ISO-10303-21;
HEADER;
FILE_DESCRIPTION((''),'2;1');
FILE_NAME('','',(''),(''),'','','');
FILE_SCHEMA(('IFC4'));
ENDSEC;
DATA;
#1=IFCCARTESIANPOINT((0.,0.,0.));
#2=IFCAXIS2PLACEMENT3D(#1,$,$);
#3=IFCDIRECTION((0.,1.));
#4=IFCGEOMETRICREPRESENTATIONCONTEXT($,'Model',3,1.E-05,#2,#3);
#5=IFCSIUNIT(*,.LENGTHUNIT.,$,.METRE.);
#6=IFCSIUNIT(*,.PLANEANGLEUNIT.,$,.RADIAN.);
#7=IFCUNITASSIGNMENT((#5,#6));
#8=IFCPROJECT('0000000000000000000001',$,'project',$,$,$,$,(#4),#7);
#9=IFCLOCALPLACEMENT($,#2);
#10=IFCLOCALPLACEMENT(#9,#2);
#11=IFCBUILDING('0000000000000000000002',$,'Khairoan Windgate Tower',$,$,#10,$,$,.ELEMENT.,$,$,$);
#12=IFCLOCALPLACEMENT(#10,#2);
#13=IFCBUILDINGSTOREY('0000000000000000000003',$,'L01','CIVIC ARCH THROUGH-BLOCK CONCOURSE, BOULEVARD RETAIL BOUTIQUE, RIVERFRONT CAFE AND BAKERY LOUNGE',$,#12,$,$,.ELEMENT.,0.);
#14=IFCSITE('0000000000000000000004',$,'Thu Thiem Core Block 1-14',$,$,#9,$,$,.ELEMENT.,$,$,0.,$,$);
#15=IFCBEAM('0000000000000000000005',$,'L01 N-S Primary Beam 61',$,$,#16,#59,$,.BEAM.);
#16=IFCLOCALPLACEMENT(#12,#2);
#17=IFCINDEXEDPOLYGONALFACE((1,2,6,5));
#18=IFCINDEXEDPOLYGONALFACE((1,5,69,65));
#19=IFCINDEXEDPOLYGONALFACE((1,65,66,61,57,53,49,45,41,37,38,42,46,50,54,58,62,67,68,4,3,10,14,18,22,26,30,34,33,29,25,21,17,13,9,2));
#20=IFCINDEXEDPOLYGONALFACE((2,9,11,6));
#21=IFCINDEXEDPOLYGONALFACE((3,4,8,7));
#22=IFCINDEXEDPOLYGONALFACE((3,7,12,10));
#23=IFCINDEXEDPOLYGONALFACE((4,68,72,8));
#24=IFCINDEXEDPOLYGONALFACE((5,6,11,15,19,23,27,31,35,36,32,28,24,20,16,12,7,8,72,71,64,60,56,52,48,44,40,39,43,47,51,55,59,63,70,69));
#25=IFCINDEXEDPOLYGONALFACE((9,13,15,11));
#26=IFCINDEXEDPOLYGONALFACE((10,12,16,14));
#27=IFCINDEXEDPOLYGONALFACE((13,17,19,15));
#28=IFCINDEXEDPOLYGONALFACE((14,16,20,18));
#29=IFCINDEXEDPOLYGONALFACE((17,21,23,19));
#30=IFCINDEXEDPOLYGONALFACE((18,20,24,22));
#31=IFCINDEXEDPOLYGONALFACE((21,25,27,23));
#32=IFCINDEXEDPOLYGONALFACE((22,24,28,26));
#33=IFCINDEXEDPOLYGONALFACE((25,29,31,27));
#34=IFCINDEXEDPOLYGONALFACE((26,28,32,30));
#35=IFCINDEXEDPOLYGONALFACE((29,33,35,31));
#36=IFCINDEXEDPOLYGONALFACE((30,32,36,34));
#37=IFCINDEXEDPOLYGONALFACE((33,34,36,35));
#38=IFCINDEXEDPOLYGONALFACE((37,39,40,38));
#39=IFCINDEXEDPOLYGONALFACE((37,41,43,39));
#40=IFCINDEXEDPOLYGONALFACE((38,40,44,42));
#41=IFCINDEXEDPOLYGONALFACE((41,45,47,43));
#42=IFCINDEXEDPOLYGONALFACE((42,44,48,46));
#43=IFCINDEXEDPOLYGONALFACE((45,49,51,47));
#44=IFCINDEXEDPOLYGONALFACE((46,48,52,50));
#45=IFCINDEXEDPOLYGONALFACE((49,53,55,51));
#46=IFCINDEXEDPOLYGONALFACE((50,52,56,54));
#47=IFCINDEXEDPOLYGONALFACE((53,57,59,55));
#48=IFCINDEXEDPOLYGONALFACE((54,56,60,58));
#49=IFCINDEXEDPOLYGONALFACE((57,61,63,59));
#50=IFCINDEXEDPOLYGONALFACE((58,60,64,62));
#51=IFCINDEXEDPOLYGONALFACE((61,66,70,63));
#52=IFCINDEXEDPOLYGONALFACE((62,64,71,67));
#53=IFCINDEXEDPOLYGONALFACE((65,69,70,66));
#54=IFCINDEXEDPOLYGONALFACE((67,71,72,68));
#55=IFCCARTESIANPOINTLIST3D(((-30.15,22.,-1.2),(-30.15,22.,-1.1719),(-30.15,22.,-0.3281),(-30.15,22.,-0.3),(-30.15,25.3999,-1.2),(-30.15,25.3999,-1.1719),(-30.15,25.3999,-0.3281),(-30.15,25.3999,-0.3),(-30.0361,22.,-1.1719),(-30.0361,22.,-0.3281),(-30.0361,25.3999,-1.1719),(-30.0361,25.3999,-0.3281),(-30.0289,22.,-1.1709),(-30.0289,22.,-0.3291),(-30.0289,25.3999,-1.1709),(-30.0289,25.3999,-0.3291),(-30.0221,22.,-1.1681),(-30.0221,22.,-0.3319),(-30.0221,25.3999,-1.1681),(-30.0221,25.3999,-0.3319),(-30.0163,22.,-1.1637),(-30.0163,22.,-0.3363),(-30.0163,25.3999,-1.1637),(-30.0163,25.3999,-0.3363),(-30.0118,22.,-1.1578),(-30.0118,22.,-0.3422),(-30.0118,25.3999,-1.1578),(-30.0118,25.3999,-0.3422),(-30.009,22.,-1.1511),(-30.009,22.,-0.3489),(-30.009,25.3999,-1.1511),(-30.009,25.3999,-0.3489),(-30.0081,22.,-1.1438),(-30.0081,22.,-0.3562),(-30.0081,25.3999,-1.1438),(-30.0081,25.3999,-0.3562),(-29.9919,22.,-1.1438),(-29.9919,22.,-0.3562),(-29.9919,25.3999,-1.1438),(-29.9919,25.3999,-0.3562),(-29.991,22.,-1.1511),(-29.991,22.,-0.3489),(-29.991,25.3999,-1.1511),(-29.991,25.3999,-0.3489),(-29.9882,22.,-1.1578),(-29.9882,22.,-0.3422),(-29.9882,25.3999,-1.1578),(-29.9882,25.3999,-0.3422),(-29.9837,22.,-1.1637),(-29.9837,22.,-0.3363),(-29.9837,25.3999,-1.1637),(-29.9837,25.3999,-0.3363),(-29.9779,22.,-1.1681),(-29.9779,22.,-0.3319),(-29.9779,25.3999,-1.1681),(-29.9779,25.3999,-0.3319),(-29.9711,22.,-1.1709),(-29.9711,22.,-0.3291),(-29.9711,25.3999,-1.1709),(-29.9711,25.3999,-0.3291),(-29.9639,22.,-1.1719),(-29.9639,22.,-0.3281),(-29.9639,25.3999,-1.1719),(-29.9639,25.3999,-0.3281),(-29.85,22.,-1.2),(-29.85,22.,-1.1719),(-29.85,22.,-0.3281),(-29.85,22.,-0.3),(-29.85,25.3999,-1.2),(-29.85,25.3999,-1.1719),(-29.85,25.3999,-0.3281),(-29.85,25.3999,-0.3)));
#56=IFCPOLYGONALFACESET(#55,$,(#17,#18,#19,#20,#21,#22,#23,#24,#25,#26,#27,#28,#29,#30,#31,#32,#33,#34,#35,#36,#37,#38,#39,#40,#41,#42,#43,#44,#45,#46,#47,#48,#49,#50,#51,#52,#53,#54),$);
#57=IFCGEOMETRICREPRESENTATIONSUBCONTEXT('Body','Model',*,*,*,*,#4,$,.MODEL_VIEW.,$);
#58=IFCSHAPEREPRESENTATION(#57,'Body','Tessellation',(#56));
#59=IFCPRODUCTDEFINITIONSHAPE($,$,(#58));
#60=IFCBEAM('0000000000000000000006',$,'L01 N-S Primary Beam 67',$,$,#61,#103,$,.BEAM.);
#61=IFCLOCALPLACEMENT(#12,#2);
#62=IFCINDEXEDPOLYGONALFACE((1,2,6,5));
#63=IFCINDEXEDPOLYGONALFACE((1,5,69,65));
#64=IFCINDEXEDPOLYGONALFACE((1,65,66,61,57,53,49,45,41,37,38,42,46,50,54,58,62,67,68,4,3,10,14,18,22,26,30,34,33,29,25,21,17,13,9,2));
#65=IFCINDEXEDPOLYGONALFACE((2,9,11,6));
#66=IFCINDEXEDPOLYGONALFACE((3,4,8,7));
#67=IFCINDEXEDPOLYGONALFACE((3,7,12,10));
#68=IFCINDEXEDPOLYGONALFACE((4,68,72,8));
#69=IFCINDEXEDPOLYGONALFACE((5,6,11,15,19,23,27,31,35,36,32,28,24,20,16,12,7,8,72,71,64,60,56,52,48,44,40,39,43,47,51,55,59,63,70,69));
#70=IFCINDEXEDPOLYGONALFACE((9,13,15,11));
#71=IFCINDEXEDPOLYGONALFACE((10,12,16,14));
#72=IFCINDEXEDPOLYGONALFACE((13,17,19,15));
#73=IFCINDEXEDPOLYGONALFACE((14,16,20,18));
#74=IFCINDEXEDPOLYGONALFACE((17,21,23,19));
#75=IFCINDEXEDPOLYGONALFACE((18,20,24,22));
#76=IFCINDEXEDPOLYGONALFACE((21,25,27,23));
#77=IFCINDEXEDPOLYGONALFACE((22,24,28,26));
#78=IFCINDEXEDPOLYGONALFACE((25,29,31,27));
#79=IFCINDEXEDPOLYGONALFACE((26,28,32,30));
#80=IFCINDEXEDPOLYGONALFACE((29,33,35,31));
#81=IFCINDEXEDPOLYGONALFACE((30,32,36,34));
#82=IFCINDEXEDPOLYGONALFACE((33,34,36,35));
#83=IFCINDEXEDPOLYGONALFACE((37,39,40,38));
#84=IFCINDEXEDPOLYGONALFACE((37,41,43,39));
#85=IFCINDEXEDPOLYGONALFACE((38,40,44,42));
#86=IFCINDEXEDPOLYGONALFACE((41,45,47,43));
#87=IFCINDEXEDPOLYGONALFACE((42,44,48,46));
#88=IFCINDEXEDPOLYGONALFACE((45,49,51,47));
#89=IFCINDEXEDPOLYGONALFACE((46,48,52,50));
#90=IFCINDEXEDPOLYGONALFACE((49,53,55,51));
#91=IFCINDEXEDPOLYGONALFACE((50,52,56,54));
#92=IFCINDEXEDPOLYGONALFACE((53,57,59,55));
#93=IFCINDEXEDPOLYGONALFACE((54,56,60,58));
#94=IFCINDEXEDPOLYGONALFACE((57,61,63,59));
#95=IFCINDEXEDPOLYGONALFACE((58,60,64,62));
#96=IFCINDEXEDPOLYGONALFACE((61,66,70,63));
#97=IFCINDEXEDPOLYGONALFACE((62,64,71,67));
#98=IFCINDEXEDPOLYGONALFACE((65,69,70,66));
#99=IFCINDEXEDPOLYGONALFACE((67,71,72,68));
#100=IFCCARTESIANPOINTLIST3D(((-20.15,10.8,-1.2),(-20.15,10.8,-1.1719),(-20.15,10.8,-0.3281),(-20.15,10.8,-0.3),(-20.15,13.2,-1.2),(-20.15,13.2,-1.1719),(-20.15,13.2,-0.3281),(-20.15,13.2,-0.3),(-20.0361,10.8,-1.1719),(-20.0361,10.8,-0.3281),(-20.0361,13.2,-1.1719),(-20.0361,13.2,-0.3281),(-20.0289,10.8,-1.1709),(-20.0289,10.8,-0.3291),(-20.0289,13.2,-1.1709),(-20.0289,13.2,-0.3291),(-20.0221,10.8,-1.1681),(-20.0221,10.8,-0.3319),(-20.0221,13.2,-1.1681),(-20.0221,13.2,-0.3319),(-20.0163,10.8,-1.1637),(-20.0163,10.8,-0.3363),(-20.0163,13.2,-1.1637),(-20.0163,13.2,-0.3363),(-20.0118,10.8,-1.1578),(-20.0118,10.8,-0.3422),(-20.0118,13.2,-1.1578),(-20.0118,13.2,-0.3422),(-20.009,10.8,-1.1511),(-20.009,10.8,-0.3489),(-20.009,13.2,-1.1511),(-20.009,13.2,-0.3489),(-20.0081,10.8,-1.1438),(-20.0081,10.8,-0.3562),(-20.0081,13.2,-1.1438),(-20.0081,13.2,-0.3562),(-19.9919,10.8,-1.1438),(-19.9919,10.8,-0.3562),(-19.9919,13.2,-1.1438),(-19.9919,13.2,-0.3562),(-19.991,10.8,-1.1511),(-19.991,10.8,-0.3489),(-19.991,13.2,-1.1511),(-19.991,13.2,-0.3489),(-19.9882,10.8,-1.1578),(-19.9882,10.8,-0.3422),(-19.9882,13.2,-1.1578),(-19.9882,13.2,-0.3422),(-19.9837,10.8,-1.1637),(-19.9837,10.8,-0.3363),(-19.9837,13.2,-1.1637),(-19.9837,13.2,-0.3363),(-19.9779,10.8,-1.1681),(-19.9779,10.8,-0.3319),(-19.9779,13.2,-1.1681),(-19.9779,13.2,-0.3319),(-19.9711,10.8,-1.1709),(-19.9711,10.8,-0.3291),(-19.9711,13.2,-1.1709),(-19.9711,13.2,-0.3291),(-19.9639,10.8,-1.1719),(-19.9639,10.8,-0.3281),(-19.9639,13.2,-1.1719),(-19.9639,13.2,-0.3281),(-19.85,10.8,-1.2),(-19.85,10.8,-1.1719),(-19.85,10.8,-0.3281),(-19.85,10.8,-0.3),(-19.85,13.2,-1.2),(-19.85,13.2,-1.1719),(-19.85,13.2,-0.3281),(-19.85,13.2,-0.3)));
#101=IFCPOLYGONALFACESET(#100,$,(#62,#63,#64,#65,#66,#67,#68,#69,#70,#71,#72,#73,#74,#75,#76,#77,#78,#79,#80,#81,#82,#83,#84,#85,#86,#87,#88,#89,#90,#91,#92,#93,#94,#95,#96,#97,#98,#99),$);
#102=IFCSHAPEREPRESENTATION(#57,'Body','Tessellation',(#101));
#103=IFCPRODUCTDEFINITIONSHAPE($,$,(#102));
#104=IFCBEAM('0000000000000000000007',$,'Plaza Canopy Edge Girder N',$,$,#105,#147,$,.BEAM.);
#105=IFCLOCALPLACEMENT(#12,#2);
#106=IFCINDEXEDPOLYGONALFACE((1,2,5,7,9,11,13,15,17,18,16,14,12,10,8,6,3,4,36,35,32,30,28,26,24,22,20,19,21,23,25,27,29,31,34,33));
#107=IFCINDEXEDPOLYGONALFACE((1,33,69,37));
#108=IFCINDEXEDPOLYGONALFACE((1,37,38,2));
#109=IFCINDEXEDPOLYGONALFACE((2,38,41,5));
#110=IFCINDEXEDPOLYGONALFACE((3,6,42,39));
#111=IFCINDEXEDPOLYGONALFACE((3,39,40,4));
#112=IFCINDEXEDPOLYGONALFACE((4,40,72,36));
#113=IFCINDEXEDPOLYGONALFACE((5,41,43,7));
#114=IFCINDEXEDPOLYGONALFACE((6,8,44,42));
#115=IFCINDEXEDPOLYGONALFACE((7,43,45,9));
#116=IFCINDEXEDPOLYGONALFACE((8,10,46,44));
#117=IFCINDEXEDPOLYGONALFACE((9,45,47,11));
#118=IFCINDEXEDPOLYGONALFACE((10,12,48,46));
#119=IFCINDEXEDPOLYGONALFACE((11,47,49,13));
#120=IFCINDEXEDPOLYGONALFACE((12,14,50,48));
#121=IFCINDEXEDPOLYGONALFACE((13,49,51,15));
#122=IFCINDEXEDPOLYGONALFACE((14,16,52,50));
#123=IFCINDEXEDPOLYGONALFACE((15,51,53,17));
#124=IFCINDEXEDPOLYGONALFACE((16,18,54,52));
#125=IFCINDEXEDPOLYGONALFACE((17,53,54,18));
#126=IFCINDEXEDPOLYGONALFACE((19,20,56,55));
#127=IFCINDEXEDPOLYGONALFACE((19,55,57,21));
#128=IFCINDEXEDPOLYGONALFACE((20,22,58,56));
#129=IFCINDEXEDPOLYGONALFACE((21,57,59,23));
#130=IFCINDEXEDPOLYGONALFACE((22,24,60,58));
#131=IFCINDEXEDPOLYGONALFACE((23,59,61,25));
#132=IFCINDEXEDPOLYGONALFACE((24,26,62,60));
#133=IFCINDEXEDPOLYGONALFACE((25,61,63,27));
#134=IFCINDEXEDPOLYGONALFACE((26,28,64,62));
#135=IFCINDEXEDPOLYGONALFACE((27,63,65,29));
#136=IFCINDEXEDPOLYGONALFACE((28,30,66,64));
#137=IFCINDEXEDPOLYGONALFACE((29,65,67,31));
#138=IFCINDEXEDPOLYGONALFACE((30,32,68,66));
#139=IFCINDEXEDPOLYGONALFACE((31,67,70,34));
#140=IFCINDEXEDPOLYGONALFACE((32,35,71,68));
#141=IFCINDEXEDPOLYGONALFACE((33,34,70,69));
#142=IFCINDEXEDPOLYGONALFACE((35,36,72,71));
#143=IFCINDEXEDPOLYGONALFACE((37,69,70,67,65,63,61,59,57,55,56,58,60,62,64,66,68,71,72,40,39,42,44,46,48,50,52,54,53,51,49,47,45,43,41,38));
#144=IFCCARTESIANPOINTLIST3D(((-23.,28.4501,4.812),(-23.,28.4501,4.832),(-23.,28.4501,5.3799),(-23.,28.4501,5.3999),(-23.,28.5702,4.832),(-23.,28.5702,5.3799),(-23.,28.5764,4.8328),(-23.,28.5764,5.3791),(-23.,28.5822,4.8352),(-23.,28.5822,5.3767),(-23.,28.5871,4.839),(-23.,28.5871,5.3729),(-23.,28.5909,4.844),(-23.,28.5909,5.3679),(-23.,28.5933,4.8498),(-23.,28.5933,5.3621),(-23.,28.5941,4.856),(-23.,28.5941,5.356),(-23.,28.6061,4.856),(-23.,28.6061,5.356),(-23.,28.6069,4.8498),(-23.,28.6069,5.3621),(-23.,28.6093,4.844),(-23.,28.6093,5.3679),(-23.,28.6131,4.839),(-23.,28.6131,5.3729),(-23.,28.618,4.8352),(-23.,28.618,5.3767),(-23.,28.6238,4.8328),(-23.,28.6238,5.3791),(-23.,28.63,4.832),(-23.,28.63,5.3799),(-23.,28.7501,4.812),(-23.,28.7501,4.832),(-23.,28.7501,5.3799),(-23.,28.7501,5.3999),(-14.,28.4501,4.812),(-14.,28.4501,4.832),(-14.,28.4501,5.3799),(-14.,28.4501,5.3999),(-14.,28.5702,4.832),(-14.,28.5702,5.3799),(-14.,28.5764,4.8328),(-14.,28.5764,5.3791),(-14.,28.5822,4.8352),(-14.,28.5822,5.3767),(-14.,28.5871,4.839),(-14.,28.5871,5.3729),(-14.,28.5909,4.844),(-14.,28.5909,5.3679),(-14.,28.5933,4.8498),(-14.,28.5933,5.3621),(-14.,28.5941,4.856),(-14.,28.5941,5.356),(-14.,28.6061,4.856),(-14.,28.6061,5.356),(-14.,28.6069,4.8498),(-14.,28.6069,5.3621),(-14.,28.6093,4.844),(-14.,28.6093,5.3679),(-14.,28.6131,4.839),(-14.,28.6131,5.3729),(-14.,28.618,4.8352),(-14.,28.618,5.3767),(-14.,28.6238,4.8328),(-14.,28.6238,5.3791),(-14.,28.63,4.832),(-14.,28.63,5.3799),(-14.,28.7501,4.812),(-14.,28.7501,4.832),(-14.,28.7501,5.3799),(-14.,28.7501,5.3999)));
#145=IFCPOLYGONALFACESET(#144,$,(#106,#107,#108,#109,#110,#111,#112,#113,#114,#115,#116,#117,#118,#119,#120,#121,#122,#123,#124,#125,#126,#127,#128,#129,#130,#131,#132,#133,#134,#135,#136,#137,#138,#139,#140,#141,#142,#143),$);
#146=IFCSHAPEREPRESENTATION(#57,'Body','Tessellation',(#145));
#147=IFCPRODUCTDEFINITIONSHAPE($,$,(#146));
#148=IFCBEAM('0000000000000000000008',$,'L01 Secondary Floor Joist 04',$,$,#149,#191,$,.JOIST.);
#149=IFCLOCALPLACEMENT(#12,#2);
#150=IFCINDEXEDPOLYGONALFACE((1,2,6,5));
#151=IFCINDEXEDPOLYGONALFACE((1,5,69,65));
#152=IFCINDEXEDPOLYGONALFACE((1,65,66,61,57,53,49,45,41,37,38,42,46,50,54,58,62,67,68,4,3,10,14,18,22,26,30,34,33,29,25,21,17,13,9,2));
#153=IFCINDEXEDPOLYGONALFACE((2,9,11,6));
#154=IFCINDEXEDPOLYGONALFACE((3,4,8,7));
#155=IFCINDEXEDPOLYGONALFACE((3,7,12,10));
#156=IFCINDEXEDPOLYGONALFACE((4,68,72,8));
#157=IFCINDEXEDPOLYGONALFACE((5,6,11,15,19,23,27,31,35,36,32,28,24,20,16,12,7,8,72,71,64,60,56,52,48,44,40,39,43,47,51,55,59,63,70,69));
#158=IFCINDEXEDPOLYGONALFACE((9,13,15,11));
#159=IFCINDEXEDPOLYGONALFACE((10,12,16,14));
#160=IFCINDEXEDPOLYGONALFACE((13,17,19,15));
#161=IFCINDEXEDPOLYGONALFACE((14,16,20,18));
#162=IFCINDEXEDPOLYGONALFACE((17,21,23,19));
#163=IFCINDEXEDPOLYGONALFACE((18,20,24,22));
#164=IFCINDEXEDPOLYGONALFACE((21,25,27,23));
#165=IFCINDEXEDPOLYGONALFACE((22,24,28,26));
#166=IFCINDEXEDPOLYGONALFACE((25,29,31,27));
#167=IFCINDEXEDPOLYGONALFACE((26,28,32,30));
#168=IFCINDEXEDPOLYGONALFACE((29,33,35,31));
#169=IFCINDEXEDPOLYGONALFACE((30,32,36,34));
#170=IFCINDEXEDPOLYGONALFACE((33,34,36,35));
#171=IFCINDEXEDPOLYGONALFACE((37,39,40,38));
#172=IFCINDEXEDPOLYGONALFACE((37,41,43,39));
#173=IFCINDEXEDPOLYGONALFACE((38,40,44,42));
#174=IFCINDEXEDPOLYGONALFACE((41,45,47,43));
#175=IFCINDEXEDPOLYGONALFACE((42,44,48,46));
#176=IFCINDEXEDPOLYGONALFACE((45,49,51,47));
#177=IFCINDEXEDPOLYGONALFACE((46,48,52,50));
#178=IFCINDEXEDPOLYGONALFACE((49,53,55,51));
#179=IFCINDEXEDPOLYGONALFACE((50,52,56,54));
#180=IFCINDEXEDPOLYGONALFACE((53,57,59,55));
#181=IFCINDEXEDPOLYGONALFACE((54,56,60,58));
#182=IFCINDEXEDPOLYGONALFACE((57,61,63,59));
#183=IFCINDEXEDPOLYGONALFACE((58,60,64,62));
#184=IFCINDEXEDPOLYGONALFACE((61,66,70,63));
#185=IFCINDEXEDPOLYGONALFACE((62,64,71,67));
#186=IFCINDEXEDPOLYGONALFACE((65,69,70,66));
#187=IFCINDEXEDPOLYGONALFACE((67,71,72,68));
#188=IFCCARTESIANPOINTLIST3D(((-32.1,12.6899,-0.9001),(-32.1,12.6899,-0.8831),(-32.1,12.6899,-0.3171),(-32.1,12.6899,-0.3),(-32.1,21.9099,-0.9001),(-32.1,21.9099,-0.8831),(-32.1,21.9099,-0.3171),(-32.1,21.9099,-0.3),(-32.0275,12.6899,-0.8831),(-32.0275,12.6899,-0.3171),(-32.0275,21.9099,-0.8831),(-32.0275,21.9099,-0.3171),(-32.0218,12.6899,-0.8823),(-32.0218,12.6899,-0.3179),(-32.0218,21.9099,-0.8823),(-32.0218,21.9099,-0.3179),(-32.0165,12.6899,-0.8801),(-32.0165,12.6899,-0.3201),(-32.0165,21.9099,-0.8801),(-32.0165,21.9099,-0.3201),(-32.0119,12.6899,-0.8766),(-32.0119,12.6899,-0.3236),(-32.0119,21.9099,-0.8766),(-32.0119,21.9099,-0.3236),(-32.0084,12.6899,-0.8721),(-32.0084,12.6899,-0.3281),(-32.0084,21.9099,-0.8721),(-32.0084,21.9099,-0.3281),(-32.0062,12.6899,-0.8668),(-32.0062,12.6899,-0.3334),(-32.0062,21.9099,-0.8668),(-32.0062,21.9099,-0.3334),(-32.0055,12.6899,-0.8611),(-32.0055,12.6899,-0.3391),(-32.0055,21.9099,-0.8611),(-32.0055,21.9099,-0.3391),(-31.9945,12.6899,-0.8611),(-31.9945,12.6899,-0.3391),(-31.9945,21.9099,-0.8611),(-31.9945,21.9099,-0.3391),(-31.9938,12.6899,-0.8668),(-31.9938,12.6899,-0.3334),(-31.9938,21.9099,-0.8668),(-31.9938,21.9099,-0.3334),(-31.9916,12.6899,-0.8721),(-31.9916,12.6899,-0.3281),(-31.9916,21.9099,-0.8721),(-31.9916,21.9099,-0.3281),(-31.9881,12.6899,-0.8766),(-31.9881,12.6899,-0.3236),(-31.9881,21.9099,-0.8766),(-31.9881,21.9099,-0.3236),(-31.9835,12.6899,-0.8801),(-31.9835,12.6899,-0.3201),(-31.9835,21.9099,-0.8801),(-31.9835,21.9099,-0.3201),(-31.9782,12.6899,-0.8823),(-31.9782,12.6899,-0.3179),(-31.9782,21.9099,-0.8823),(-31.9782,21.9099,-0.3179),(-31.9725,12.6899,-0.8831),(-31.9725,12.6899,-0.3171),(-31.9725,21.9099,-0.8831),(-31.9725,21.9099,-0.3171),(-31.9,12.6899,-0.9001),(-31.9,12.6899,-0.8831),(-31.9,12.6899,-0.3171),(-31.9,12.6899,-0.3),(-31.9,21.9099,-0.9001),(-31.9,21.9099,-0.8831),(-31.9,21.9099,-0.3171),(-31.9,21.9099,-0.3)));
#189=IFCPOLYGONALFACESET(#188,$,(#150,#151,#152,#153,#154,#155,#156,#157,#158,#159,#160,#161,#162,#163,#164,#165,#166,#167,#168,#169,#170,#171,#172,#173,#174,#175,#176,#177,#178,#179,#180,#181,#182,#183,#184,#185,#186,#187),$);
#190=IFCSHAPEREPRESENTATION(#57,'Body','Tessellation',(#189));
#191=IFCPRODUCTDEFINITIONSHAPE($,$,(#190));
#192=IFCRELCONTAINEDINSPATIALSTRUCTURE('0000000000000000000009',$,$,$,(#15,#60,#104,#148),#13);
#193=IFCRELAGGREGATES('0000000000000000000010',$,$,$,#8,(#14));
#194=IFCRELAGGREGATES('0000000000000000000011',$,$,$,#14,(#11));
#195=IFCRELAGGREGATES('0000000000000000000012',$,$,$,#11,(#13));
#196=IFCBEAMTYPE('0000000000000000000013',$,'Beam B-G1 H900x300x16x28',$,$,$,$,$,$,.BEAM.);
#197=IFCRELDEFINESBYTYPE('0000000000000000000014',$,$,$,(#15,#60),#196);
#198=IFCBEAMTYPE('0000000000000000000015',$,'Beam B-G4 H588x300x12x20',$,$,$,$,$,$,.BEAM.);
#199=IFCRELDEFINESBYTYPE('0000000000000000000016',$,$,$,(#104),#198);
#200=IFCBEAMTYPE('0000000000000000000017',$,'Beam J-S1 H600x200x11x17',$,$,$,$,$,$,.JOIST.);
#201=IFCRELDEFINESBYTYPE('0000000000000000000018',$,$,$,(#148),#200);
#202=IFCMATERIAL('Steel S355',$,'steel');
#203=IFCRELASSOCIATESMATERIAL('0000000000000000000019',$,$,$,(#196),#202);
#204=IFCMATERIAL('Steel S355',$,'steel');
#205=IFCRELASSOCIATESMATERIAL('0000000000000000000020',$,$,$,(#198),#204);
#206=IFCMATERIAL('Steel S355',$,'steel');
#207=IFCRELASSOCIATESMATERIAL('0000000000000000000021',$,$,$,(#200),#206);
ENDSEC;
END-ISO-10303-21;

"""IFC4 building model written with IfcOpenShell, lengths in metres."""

from ifc_helpers import new_model, si_unit, direction, frame, origin, origin_2d, place, context, subcontext, project, spatial, i_section, extrude, material, material_profile, profile_set, type_object, element, save


model = new_model("IFC4")

# Units and contexts
model_context = context("Model", 3, precision=1e-05, world=origin(), true_north=direction((0.0, 1.0)))
body_context = subcontext(model_context, "Body", "Model", "MODEL_VIEW")
ifc_project = project(units=[si_unit("LENGTHUNIT", "METRE"), si_unit("PLANEANGLEUNIT", "RADIAN")], contexts=[model_context])

# Site, building, storey
site_placement = place(None, origin())
site = spatial("IfcSite", under=ifc_project, at=site_placement, Name="Thu Thiem Core Block 1-14", CompositionType="ELEMENT", RefElevation=0.0)
building_placement = place(site_placement, origin())
building = spatial("IfcBuilding", under=site, at=building_placement, Name="Khairoan Windgate Tower", CompositionType="ELEMENT")
storey_placement = place(building_placement, origin())
storey = spatial("IfcBuildingStorey", under=building, at=storey_placement, Name="L01", Description="CIVIC ARCH THROUGH-BLOCK CONCOURSE, BOULEVARD RETAIL BOUTIQUE, RIVERFRONT CAFE AND BAKERY LOUNGE", CompositionType="ELEMENT", Elevation=0.0)

# Beams
ifc_material_1 = material(Name="Steel S355", Category="steel")
ifc_material_profile_1 = material_profile(ifc_material_1, i_section(OverallWidth=0.3, OverallDepth=0.8999, WebThickness=0.0161, FlangeThickness=0.0281, FilletRadius=0.0281, at=origin_2d()))
ifc_profile_set_1 = profile_set([ifc_material_profile_1], Name="Steel S355")
beam_type_1 = type_object("IfcBeamType", Name="Beam B-G1 H900x300x16x28", PredefinedType="BEAM", material=ifc_profile_set_1)
beam_1_placement = place(storey_placement, frame((-30.0, 22.0, -0.75), z_axis=(0.0, 1.0, 0.0), x_axis=(-1.0, 0.0, 0.0)))
element("IfcBeam", 1, at=beam_1_placement, inside=storey, type_object=beam_type_1, Name="L01 N-S Primary Beam 61", PredefinedType="BEAM", context=body_context, shape_type="SweptSolid", body=[
    extrude(i_section(OverallWidth=0.3, OverallDepth=0.8999, WebThickness=0.0161, FlangeThickness=0.0281, FilletRadius=0.0281, at=origin_2d()), origin(), (0.0, 0.0, 1.0), 3.3999),
])
beam_2_placement = place(storey_placement, frame((-20.0, 10.8, -0.75), z_axis=(0.0, 1.0, 0.0), x_axis=(-1.0, 0.0, 0.0)))
element("IfcBeam", 2, at=beam_2_placement, inside=storey, type_object=beam_type_1, Name="L01 N-S Primary Beam 67", PredefinedType="BEAM", context=body_context, shape_type="SweptSolid", body=[
    extrude(i_section(OverallWidth=0.3, OverallDepth=0.8999, WebThickness=0.0161, FlangeThickness=0.0281, FilletRadius=0.0281, at=origin_2d()), origin(), (0.0, 0.0, 1.0), 2.3999),
])
ifc_material_2 = material(Name="Steel S355", Category="steel")
ifc_material_profile_2 = material_profile(ifc_material_2, i_section(OverallWidth=0.3, OverallDepth=0.5879, WebThickness=0.012, FlangeThickness=0.02, FilletRadius=0.0239, at=origin_2d()))
ifc_profile_set_2 = profile_set([ifc_material_profile_2], Name="Steel S355")
beam_type_2 = type_object("IfcBeamType", Name="Beam B-G4 H588x300x12x20", PredefinedType="BEAM", material=ifc_profile_set_2)
beam_3_placement = place(storey_placement, frame((-23.0, 28.6001, 5.106), z_axis=(1.0, 0.0, 0.0), x_axis=(0.0, 1.0, 0.0)))
element("IfcBeam", 3, at=beam_3_placement, inside=storey, type_object=beam_type_2, Name="Plaza Canopy Edge Girder N", PredefinedType="BEAM", context=body_context, shape_type="SweptSolid", body=[
    extrude(i_section(OverallWidth=0.3, OverallDepth=0.5879, WebThickness=0.012, FlangeThickness=0.02, FilletRadius=0.0239, at=origin_2d()), origin(), (0.0, 0.0, 1.0), 9.0),
])
ifc_material_3 = material(Name="Steel S355", Category="steel")
ifc_material_profile_3 = material_profile(ifc_material_3, i_section(OverallWidth=0.2, OverallDepth=0.6001, WebThickness=0.011, FlangeThickness=0.0171, FilletRadius=0.022, at=origin_2d()))
ifc_profile_set_3 = profile_set([ifc_material_profile_3], Name="Steel S355")
beam_type_3 = type_object("IfcBeamType", Name="Beam J-S1 H600x200x11x17", PredefinedType="JOIST", material=ifc_profile_set_3)
beam_4_placement = place(storey_placement, frame((-32.0, 12.6899, -0.6001), z_axis=(0.0, 1.0, 0.0), x_axis=(-1.0, 0.0, 0.0)))
element("IfcBeam", 4, at=beam_4_placement, inside=storey, type_object=beam_type_3, Name="L01 Secondary Floor Joist 04", PredefinedType="JOIST", context=body_context, shape_type="SweptSolid", body=[
    extrude(i_section(OverallWidth=0.2, OverallDepth=0.6001, WebThickness=0.011, FlangeThickness=0.0171, FilletRadius=0.022, at=origin_2d()), origin(), (0.0, 0.0, 1.0), 9.22),
])

save(model, "model.ifc")
